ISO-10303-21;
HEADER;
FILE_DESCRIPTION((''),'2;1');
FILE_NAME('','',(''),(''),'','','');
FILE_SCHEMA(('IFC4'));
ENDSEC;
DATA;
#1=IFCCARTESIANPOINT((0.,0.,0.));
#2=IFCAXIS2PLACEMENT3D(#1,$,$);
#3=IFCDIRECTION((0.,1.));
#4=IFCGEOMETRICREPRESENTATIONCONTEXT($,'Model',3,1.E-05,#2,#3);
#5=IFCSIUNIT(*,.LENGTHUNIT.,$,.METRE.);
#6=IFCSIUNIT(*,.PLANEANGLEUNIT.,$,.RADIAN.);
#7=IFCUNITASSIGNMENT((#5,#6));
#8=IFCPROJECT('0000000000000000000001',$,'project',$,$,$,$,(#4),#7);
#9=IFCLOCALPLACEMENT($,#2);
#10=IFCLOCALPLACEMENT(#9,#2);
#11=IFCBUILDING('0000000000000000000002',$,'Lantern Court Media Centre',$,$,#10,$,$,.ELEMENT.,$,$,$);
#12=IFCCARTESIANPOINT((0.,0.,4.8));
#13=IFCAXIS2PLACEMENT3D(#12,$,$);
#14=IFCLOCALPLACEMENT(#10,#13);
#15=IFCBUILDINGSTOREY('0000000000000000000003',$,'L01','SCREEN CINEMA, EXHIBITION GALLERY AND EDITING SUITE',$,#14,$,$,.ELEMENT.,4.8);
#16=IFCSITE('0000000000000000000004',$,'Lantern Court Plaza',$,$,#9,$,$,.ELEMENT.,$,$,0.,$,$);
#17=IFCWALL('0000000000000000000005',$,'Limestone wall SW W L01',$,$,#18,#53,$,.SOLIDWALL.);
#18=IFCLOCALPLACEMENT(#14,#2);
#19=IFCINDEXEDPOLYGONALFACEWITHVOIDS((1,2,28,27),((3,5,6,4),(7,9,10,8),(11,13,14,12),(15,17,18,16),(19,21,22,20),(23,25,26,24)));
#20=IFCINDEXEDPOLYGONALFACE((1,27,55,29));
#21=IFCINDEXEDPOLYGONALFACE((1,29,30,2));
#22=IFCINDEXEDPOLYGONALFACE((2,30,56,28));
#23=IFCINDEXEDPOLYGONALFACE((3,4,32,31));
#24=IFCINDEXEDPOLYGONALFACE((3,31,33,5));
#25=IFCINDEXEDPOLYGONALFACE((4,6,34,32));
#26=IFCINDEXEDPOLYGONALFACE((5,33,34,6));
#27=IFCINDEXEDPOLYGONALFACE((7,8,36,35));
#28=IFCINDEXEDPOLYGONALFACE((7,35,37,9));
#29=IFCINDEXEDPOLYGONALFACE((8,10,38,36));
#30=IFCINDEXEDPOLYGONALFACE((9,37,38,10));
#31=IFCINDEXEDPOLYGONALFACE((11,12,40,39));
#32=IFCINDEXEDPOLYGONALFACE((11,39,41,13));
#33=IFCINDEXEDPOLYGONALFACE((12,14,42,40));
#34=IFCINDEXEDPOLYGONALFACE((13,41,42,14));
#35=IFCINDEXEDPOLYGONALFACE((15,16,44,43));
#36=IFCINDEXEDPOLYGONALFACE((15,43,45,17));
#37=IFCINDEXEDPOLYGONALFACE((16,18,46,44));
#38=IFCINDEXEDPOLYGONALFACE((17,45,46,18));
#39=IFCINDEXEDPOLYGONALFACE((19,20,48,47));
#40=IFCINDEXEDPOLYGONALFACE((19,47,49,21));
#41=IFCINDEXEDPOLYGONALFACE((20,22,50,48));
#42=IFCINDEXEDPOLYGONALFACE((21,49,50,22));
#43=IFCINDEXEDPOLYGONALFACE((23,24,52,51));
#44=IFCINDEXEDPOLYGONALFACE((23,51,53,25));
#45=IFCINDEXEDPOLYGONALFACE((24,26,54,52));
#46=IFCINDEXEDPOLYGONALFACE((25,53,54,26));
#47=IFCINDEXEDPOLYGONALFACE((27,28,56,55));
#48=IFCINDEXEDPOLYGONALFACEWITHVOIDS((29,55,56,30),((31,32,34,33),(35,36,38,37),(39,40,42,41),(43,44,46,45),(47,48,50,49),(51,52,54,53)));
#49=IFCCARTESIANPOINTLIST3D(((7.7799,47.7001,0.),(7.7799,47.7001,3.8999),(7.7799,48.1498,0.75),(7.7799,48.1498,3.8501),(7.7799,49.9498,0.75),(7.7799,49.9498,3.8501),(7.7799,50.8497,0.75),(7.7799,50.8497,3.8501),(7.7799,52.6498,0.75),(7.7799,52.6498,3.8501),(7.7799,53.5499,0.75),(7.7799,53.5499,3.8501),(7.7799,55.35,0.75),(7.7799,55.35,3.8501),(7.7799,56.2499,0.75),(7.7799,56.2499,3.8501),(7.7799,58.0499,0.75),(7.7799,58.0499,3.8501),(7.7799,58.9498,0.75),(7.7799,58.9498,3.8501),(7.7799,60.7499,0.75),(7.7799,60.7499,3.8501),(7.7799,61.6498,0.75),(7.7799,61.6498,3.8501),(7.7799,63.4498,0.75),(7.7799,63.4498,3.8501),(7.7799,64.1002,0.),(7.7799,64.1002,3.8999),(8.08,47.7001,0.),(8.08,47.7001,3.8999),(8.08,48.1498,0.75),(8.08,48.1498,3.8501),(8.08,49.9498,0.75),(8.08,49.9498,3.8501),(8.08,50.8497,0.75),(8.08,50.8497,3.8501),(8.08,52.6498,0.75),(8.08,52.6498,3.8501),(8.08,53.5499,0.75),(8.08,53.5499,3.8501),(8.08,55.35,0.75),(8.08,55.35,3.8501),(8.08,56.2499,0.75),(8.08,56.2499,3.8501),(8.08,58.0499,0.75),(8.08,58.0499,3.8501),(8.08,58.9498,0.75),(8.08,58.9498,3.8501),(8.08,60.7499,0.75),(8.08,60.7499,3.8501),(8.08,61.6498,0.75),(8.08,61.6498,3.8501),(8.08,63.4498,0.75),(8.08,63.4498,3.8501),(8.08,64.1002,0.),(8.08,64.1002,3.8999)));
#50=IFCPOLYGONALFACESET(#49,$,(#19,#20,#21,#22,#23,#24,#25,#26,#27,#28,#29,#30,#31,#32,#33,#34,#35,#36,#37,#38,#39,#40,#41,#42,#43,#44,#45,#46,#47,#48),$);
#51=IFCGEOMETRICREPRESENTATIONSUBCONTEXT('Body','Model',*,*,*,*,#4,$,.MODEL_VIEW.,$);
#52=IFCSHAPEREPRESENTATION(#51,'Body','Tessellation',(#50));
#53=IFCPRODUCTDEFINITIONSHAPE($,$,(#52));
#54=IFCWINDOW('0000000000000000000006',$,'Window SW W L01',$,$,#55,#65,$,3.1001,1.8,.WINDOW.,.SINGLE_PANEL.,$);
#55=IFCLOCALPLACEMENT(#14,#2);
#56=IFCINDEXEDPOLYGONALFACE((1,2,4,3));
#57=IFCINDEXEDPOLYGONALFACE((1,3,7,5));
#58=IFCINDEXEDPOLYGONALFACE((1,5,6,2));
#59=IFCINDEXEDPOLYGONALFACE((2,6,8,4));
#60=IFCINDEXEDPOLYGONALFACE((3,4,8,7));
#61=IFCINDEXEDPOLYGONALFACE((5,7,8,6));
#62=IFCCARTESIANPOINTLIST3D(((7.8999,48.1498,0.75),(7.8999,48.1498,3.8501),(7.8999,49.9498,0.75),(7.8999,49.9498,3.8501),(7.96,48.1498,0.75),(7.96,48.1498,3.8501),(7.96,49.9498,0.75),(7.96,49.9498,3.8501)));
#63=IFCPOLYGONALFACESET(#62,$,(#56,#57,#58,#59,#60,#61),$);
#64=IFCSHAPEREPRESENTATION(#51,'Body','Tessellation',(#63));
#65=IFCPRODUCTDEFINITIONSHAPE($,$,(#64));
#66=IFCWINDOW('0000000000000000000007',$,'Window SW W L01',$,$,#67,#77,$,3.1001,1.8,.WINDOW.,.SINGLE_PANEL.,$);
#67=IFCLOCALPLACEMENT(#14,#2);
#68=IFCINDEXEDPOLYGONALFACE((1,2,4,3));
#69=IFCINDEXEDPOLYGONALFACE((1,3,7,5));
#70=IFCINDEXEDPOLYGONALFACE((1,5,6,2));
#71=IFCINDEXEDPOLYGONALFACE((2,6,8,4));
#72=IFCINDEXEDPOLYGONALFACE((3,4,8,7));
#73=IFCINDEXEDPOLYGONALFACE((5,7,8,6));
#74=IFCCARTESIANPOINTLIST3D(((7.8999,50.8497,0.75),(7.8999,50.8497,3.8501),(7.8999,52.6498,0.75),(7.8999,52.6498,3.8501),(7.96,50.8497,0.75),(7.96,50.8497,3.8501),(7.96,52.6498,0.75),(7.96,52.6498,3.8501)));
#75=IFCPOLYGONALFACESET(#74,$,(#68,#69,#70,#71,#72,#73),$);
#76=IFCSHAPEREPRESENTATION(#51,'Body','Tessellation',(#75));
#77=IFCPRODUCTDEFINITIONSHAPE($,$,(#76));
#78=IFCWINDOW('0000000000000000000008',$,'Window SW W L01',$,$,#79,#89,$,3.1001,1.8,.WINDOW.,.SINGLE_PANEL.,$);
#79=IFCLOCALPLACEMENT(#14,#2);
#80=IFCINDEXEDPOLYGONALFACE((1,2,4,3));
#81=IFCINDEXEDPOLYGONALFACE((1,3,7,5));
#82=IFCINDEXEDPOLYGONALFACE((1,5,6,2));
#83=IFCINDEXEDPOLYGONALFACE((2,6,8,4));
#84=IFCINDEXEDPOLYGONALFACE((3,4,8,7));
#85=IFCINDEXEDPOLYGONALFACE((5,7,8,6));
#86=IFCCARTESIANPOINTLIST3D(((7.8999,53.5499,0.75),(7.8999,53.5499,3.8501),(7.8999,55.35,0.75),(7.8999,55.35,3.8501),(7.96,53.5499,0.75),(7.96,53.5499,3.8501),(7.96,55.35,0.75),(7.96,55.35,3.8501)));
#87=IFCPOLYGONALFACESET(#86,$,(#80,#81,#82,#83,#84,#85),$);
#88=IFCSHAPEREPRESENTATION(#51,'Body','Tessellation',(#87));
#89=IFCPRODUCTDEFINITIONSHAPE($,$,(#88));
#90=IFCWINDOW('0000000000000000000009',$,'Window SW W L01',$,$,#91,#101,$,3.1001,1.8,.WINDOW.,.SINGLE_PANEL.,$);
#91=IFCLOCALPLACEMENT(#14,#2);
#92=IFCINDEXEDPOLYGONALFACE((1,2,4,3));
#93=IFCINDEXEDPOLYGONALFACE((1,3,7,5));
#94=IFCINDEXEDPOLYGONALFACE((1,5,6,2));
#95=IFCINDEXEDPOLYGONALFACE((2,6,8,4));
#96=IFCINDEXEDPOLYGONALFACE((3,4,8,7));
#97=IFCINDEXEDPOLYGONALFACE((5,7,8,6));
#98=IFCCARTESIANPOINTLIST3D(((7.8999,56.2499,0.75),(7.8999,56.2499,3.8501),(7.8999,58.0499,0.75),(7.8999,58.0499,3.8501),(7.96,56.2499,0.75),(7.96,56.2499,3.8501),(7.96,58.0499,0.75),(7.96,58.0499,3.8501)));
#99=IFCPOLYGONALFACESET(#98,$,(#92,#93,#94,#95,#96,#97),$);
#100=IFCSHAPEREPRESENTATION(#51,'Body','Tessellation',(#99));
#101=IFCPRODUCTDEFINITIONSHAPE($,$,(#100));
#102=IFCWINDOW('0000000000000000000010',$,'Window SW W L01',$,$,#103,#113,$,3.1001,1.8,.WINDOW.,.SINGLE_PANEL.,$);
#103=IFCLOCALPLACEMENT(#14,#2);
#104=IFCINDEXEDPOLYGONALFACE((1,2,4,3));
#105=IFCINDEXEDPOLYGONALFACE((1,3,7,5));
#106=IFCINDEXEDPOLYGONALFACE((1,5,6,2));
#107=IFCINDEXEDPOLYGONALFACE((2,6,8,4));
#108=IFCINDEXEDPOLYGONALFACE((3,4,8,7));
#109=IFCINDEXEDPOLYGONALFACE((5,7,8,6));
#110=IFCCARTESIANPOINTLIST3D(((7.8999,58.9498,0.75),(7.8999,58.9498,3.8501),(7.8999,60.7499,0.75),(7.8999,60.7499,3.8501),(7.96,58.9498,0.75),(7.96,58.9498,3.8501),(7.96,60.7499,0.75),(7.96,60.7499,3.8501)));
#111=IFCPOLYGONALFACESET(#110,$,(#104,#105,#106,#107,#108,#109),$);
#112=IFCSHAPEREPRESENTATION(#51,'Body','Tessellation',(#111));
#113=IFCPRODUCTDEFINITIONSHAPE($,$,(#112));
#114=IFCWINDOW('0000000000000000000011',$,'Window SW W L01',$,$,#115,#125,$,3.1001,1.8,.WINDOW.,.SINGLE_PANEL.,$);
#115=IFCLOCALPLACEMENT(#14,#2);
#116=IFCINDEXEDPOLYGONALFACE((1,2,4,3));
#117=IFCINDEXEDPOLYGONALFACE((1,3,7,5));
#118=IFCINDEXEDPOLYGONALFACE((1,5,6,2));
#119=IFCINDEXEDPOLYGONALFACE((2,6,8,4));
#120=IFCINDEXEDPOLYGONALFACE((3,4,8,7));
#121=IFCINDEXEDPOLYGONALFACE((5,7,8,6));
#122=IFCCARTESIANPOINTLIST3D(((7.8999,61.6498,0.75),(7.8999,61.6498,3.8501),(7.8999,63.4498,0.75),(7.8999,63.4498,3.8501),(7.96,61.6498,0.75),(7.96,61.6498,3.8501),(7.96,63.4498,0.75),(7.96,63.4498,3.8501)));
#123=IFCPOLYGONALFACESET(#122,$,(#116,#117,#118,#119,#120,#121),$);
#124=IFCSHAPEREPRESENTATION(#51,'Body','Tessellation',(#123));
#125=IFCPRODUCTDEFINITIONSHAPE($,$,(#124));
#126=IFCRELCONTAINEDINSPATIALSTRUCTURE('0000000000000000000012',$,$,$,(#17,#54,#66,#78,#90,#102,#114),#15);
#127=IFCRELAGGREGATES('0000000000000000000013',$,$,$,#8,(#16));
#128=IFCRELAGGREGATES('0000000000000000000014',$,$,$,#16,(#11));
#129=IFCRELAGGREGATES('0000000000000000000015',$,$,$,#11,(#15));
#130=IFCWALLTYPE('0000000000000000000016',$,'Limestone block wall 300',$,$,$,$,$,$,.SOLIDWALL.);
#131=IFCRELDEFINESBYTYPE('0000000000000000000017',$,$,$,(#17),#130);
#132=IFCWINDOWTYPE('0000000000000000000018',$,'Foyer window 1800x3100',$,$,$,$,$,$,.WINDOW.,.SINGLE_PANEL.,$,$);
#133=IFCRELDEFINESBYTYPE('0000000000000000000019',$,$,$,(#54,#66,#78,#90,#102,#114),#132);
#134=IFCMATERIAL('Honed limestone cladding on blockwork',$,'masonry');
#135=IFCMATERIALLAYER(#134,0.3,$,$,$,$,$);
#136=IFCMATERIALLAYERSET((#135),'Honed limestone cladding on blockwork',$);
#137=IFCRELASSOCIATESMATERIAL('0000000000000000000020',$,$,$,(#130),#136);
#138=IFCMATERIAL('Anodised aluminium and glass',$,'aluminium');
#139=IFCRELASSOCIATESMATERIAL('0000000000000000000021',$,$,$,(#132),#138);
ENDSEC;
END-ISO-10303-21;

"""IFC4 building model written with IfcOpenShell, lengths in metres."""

from ifc_helpers import new_model, si_unit, direction, frame, frame_2d, origin, place, context, subcontext, project, spatial, rectangle, extrude, material, layer, layer_set, type_object, element, fill, save


model = new_model("IFC4")

# Units and contexts
model_context = context("Model", 3, precision=1e-05, world=origin(), true_north=direction((0.0, 1.0)))
body_context = subcontext(model_context, "Body", "Model", "MODEL_VIEW")
ifc_project = project(units=[si_unit("LENGTHUNIT", "METRE"), si_unit("PLANEANGLEUNIT", "RADIAN")], contexts=[model_context])

# Site, building, storey
site_placement = place(None, origin())
site = spatial("IfcSite", under=ifc_project, at=site_placement, Name="Lantern Court Plaza", CompositionType="ELEMENT", RefElevation=0.0)
building_placement = place(site_placement, origin())
building = spatial("IfcBuilding", under=site, at=building_placement, Name="Lantern Court Media Centre", CompositionType="ELEMENT")
storey_placement = place(building_placement, frame((0.0, 0.0, 4.8)))
storey = spatial("IfcBuildingStorey", under=building, at=storey_placement, Name="L01", Description="SCREEN CINEMA, EXHIBITION GALLERY AND EDITING SUITE", CompositionType="ELEMENT", Elevation=4.8)

# Wall, openings, windows
ifc_material_1 = material(Name="Honed limestone cladding on blockwork", Category="masonry")
ifc_layer_1 = layer(ifc_material_1, 0.3)
ifc_layer_set_1 = layer_set([ifc_layer_1], Name="Honed limestone cladding on blockwork")
wall_type_1 = type_object("IfcWallType", Name="Limestone block wall 300", PredefinedType="SOLIDWALL", material=ifc_layer_set_1)
wall_1_placement = place(storey_placement, frame((7.9299, 47.7, 0.0), z_axis=(0.0, 0.0, 1.0), x_axis=(0.0, 1.0, 0.0)))
wall_1 = element("IfcWall", 1, at=wall_1_placement, inside=storey, type_object=wall_type_1, Name="Limestone wall SW W L01", PredefinedType="SOLIDWALL", context=body_context, shape_type="SweptSolid", body=[
    extrude(rectangle(XDim=16.4001, YDim=0.3, at=frame_2d((8.2002, 0.0))), origin(), (0.0, 0.0, 1.0), 3.8999),
])
opening_1_placement = place(wall_1_placement, frame((0.45, 0.0, 0.75)))
opening_1 = element("IfcOpeningElement", 2, at=opening_1_placement, cuts=wall_1, PredefinedType="OPENING", context=body_context, shape_type="SweptSolid", body=[
    extrude(rectangle(XDim=1.8, YDim=3.1001, at=frame_2d((0.8999, 1.55))), frame((0.0, 0.1599, 0.0), z_axis=(0.0, -1.0, 0.0), x_axis=(1.0, 0.0, 0.0)), (0.0, 0.0, 1.0), 0.3201),
])
opening_2_placement = place(wall_1_placement, frame((3.1499, 0.0, 0.75)))
opening_2 = element("IfcOpeningElement", 3, at=opening_2_placement, cuts=wall_1, PredefinedType="OPENING", context=body_context, shape_type="SweptSolid", body=[
    extrude(rectangle(XDim=1.8, YDim=3.1001, at=frame_2d((0.8999, 1.55))), frame((0.0, 0.1599, 0.0), z_axis=(0.0, -1.0, 0.0), x_axis=(1.0, 0.0, 0.0)), (0.0, 0.0, 1.0), 0.3201),
])
opening_3_placement = place(wall_1_placement, frame((5.8501, 0.0, 0.75)))
opening_3 = element("IfcOpeningElement", 4, at=opening_3_placement, cuts=wall_1, PredefinedType="OPENING", context=body_context, shape_type="SweptSolid", body=[
    extrude(rectangle(XDim=1.8, YDim=3.1001, at=frame_2d((0.8999, 1.55))), frame((0.0, 0.1599, 0.0), z_axis=(0.0, -1.0, 0.0), x_axis=(1.0, 0.0, 0.0)), (0.0, 0.0, 1.0), 0.3201),
])
opening_4_placement = place(wall_1_placement, frame((8.55, 0.0, 0.75)))
opening_4 = element("IfcOpeningElement", 5, at=opening_4_placement, cuts=wall_1, PredefinedType="OPENING", context=body_context, shape_type="SweptSolid", body=[
    extrude(rectangle(XDim=1.8, YDim=3.1001, at=frame_2d((0.8999, 1.55))), frame((0.0, 0.1599, 0.0), z_axis=(0.0, -1.0, 0.0), x_axis=(1.0, 0.0, 0.0)), (0.0, 0.0, 1.0), 0.3201),
])
opening_5_placement = place(wall_1_placement, frame((11.25, 0.0, 0.75)))
opening_5 = element("IfcOpeningElement", 6, at=opening_5_placement, cuts=wall_1, PredefinedType="OPENING", context=body_context, shape_type="SweptSolid", body=[
    extrude(rectangle(XDim=1.8, YDim=3.1001, at=frame_2d((0.8999, 1.55))), frame((0.0, 0.1599, 0.0), z_axis=(0.0, -1.0, 0.0), x_axis=(1.0, 0.0, 0.0)), (0.0, 0.0, 1.0), 0.3201),
])
opening_6_placement = place(wall_1_placement, frame((13.95, 0.0, 0.75)))
opening_6 = element("IfcOpeningElement", 7, at=opening_6_placement, cuts=wall_1, PredefinedType="OPENING", context=body_context, shape_type="SweptSolid", body=[
    extrude(rectangle(XDim=1.8, YDim=3.1001, at=frame_2d((0.8999, 1.55))), frame((0.0, 0.1599, 0.0), z_axis=(0.0, -1.0, 0.0), x_axis=(1.0, 0.0, 0.0)), (0.0, 0.0, 1.0), 0.3201),
])
ifc_material_2 = material(Name="Anodised aluminium and glass", Category="aluminium")
window_type = type_object("IfcWindowType", Name="Foyer window 1800x3100", PartitioningType="SINGLE_PANEL", PredefinedType="WINDOW", material=ifc_material_2)
window_1_placement = place(opening_1_placement, origin())
window_1 = element("IfcWindow", 8, at=window_1_placement, inside=storey, type_object=window_type, Name="Window SW W L01", OverallHeight=3.1001, OverallWidth=1.8, PartitioningType="SINGLE_PANEL", PredefinedType="WINDOW", context=body_context, shape_type="SweptSolid", body=[
    extrude(rectangle(XDim=1.8, YDim=3.1001, at=frame_2d((0.8999, 1.55))), frame((0.0, 0.03, 0.0), z_axis=(0.0, -1.0, 0.0), x_axis=(1.0, 0.0, 0.0)), (0.0, 0.0, 1.0), 0.0601),
])
fill(opening_1, window_1)
window_2_placement = place(opening_2_placement, origin())
window_2 = element("IfcWindow", 9, at=window_2_placement, inside=storey, type_object=window_type, Name="Window SW W L01", OverallHeight=3.1001, OverallWidth=1.8, PartitioningType="SINGLE_PANEL", PredefinedType="WINDOW", context=body_context, shape_type="SweptSolid", body=[
    extrude(rectangle(XDim=1.8, YDim=3.1001, at=frame_2d((0.8999, 1.55))), frame((0.0, 0.03, 0.0), z_axis=(0.0, -1.0, 0.0), x_axis=(1.0, 0.0, 0.0)), (0.0, 0.0, 1.0), 0.0601),
])
fill(opening_2, window_2)
window_3_placement = place(opening_3_placement, origin())
window_3 = element("IfcWindow", 10, at=window_3_placement, inside=storey, type_object=window_type, Name="Window SW W L01", OverallHeight=3.1001, OverallWidth=1.8, PartitioningType="SINGLE_PANEL", PredefinedType="WINDOW", context=body_context, shape_type="SweptSolid", body=[
    extrude(rectangle(XDim=1.8, YDim=3.1001, at=frame_2d((0.8999, 1.55))), frame((0.0, 0.03, 0.0), z_axis=(0.0, -1.0, 0.0), x_axis=(1.0, 0.0, 0.0)), (0.0, 0.0, 1.0), 0.0601),
])
fill(opening_3, window_3)
window_4_placement = place(opening_4_placement, origin())
window_4 = element("IfcWindow", 11, at=window_4_placement, inside=storey, type_object=window_type, Name="Window SW W L01", OverallHeight=3.1001, OverallWidth=1.8, PartitioningType="SINGLE_PANEL", PredefinedType="WINDOW", context=body_context, shape_type="SweptSolid", body=[
    extrude(rectangle(XDim=1.8, YDim=3.1001, at=frame_2d((0.8999, 1.55))), frame((0.0, 0.03, 0.0), z_axis=(0.0, -1.0, 0.0), x_axis=(1.0, 0.0, 0.0)), (0.0, 0.0, 1.0), 0.0601),
])
fill(opening_4, window_4)
window_5_placement = place(opening_5_placement, origin())
window_5 = element("IfcWindow", 12, at=window_5_placement, inside=storey, type_object=window_type, Name="Window SW W L01", OverallHeight=3.1001, OverallWidth=1.8, PartitioningType="SINGLE_PANEL", PredefinedType="WINDOW", context=body_context, shape_type="SweptSolid", body=[
    extrude(rectangle(XDim=1.8, YDim=3.1001, at=frame_2d((0.8999, 1.55))), frame((0.0, 0.03, 0.0), z_axis=(0.0, -1.0, 0.0), x_axis=(1.0, 0.0, 0.0)), (0.0, 0.0, 1.0), 0.0601),
])
fill(opening_5, window_5)
window_6_placement = place(opening_6_placement, origin())
window_6 = element("IfcWindow", 13, at=window_6_placement, inside=storey, type_object=window_type, Name="Window SW W L01", OverallHeight=3.1001, OverallWidth=1.8, PartitioningType="SINGLE_PANEL", PredefinedType="WINDOW", context=body_context, shape_type="SweptSolid", body=[
    extrude(rectangle(XDim=1.8, YDim=3.1001, at=frame_2d((0.8999, 1.55))), frame((0.0, 0.03, 0.0), z_axis=(0.0, -1.0, 0.0), x_axis=(1.0, 0.0, 0.0)), (0.0, 0.0, 1.0), 0.0601),
])
fill(opening_6, window_6)

save(model, "model.ifc")
